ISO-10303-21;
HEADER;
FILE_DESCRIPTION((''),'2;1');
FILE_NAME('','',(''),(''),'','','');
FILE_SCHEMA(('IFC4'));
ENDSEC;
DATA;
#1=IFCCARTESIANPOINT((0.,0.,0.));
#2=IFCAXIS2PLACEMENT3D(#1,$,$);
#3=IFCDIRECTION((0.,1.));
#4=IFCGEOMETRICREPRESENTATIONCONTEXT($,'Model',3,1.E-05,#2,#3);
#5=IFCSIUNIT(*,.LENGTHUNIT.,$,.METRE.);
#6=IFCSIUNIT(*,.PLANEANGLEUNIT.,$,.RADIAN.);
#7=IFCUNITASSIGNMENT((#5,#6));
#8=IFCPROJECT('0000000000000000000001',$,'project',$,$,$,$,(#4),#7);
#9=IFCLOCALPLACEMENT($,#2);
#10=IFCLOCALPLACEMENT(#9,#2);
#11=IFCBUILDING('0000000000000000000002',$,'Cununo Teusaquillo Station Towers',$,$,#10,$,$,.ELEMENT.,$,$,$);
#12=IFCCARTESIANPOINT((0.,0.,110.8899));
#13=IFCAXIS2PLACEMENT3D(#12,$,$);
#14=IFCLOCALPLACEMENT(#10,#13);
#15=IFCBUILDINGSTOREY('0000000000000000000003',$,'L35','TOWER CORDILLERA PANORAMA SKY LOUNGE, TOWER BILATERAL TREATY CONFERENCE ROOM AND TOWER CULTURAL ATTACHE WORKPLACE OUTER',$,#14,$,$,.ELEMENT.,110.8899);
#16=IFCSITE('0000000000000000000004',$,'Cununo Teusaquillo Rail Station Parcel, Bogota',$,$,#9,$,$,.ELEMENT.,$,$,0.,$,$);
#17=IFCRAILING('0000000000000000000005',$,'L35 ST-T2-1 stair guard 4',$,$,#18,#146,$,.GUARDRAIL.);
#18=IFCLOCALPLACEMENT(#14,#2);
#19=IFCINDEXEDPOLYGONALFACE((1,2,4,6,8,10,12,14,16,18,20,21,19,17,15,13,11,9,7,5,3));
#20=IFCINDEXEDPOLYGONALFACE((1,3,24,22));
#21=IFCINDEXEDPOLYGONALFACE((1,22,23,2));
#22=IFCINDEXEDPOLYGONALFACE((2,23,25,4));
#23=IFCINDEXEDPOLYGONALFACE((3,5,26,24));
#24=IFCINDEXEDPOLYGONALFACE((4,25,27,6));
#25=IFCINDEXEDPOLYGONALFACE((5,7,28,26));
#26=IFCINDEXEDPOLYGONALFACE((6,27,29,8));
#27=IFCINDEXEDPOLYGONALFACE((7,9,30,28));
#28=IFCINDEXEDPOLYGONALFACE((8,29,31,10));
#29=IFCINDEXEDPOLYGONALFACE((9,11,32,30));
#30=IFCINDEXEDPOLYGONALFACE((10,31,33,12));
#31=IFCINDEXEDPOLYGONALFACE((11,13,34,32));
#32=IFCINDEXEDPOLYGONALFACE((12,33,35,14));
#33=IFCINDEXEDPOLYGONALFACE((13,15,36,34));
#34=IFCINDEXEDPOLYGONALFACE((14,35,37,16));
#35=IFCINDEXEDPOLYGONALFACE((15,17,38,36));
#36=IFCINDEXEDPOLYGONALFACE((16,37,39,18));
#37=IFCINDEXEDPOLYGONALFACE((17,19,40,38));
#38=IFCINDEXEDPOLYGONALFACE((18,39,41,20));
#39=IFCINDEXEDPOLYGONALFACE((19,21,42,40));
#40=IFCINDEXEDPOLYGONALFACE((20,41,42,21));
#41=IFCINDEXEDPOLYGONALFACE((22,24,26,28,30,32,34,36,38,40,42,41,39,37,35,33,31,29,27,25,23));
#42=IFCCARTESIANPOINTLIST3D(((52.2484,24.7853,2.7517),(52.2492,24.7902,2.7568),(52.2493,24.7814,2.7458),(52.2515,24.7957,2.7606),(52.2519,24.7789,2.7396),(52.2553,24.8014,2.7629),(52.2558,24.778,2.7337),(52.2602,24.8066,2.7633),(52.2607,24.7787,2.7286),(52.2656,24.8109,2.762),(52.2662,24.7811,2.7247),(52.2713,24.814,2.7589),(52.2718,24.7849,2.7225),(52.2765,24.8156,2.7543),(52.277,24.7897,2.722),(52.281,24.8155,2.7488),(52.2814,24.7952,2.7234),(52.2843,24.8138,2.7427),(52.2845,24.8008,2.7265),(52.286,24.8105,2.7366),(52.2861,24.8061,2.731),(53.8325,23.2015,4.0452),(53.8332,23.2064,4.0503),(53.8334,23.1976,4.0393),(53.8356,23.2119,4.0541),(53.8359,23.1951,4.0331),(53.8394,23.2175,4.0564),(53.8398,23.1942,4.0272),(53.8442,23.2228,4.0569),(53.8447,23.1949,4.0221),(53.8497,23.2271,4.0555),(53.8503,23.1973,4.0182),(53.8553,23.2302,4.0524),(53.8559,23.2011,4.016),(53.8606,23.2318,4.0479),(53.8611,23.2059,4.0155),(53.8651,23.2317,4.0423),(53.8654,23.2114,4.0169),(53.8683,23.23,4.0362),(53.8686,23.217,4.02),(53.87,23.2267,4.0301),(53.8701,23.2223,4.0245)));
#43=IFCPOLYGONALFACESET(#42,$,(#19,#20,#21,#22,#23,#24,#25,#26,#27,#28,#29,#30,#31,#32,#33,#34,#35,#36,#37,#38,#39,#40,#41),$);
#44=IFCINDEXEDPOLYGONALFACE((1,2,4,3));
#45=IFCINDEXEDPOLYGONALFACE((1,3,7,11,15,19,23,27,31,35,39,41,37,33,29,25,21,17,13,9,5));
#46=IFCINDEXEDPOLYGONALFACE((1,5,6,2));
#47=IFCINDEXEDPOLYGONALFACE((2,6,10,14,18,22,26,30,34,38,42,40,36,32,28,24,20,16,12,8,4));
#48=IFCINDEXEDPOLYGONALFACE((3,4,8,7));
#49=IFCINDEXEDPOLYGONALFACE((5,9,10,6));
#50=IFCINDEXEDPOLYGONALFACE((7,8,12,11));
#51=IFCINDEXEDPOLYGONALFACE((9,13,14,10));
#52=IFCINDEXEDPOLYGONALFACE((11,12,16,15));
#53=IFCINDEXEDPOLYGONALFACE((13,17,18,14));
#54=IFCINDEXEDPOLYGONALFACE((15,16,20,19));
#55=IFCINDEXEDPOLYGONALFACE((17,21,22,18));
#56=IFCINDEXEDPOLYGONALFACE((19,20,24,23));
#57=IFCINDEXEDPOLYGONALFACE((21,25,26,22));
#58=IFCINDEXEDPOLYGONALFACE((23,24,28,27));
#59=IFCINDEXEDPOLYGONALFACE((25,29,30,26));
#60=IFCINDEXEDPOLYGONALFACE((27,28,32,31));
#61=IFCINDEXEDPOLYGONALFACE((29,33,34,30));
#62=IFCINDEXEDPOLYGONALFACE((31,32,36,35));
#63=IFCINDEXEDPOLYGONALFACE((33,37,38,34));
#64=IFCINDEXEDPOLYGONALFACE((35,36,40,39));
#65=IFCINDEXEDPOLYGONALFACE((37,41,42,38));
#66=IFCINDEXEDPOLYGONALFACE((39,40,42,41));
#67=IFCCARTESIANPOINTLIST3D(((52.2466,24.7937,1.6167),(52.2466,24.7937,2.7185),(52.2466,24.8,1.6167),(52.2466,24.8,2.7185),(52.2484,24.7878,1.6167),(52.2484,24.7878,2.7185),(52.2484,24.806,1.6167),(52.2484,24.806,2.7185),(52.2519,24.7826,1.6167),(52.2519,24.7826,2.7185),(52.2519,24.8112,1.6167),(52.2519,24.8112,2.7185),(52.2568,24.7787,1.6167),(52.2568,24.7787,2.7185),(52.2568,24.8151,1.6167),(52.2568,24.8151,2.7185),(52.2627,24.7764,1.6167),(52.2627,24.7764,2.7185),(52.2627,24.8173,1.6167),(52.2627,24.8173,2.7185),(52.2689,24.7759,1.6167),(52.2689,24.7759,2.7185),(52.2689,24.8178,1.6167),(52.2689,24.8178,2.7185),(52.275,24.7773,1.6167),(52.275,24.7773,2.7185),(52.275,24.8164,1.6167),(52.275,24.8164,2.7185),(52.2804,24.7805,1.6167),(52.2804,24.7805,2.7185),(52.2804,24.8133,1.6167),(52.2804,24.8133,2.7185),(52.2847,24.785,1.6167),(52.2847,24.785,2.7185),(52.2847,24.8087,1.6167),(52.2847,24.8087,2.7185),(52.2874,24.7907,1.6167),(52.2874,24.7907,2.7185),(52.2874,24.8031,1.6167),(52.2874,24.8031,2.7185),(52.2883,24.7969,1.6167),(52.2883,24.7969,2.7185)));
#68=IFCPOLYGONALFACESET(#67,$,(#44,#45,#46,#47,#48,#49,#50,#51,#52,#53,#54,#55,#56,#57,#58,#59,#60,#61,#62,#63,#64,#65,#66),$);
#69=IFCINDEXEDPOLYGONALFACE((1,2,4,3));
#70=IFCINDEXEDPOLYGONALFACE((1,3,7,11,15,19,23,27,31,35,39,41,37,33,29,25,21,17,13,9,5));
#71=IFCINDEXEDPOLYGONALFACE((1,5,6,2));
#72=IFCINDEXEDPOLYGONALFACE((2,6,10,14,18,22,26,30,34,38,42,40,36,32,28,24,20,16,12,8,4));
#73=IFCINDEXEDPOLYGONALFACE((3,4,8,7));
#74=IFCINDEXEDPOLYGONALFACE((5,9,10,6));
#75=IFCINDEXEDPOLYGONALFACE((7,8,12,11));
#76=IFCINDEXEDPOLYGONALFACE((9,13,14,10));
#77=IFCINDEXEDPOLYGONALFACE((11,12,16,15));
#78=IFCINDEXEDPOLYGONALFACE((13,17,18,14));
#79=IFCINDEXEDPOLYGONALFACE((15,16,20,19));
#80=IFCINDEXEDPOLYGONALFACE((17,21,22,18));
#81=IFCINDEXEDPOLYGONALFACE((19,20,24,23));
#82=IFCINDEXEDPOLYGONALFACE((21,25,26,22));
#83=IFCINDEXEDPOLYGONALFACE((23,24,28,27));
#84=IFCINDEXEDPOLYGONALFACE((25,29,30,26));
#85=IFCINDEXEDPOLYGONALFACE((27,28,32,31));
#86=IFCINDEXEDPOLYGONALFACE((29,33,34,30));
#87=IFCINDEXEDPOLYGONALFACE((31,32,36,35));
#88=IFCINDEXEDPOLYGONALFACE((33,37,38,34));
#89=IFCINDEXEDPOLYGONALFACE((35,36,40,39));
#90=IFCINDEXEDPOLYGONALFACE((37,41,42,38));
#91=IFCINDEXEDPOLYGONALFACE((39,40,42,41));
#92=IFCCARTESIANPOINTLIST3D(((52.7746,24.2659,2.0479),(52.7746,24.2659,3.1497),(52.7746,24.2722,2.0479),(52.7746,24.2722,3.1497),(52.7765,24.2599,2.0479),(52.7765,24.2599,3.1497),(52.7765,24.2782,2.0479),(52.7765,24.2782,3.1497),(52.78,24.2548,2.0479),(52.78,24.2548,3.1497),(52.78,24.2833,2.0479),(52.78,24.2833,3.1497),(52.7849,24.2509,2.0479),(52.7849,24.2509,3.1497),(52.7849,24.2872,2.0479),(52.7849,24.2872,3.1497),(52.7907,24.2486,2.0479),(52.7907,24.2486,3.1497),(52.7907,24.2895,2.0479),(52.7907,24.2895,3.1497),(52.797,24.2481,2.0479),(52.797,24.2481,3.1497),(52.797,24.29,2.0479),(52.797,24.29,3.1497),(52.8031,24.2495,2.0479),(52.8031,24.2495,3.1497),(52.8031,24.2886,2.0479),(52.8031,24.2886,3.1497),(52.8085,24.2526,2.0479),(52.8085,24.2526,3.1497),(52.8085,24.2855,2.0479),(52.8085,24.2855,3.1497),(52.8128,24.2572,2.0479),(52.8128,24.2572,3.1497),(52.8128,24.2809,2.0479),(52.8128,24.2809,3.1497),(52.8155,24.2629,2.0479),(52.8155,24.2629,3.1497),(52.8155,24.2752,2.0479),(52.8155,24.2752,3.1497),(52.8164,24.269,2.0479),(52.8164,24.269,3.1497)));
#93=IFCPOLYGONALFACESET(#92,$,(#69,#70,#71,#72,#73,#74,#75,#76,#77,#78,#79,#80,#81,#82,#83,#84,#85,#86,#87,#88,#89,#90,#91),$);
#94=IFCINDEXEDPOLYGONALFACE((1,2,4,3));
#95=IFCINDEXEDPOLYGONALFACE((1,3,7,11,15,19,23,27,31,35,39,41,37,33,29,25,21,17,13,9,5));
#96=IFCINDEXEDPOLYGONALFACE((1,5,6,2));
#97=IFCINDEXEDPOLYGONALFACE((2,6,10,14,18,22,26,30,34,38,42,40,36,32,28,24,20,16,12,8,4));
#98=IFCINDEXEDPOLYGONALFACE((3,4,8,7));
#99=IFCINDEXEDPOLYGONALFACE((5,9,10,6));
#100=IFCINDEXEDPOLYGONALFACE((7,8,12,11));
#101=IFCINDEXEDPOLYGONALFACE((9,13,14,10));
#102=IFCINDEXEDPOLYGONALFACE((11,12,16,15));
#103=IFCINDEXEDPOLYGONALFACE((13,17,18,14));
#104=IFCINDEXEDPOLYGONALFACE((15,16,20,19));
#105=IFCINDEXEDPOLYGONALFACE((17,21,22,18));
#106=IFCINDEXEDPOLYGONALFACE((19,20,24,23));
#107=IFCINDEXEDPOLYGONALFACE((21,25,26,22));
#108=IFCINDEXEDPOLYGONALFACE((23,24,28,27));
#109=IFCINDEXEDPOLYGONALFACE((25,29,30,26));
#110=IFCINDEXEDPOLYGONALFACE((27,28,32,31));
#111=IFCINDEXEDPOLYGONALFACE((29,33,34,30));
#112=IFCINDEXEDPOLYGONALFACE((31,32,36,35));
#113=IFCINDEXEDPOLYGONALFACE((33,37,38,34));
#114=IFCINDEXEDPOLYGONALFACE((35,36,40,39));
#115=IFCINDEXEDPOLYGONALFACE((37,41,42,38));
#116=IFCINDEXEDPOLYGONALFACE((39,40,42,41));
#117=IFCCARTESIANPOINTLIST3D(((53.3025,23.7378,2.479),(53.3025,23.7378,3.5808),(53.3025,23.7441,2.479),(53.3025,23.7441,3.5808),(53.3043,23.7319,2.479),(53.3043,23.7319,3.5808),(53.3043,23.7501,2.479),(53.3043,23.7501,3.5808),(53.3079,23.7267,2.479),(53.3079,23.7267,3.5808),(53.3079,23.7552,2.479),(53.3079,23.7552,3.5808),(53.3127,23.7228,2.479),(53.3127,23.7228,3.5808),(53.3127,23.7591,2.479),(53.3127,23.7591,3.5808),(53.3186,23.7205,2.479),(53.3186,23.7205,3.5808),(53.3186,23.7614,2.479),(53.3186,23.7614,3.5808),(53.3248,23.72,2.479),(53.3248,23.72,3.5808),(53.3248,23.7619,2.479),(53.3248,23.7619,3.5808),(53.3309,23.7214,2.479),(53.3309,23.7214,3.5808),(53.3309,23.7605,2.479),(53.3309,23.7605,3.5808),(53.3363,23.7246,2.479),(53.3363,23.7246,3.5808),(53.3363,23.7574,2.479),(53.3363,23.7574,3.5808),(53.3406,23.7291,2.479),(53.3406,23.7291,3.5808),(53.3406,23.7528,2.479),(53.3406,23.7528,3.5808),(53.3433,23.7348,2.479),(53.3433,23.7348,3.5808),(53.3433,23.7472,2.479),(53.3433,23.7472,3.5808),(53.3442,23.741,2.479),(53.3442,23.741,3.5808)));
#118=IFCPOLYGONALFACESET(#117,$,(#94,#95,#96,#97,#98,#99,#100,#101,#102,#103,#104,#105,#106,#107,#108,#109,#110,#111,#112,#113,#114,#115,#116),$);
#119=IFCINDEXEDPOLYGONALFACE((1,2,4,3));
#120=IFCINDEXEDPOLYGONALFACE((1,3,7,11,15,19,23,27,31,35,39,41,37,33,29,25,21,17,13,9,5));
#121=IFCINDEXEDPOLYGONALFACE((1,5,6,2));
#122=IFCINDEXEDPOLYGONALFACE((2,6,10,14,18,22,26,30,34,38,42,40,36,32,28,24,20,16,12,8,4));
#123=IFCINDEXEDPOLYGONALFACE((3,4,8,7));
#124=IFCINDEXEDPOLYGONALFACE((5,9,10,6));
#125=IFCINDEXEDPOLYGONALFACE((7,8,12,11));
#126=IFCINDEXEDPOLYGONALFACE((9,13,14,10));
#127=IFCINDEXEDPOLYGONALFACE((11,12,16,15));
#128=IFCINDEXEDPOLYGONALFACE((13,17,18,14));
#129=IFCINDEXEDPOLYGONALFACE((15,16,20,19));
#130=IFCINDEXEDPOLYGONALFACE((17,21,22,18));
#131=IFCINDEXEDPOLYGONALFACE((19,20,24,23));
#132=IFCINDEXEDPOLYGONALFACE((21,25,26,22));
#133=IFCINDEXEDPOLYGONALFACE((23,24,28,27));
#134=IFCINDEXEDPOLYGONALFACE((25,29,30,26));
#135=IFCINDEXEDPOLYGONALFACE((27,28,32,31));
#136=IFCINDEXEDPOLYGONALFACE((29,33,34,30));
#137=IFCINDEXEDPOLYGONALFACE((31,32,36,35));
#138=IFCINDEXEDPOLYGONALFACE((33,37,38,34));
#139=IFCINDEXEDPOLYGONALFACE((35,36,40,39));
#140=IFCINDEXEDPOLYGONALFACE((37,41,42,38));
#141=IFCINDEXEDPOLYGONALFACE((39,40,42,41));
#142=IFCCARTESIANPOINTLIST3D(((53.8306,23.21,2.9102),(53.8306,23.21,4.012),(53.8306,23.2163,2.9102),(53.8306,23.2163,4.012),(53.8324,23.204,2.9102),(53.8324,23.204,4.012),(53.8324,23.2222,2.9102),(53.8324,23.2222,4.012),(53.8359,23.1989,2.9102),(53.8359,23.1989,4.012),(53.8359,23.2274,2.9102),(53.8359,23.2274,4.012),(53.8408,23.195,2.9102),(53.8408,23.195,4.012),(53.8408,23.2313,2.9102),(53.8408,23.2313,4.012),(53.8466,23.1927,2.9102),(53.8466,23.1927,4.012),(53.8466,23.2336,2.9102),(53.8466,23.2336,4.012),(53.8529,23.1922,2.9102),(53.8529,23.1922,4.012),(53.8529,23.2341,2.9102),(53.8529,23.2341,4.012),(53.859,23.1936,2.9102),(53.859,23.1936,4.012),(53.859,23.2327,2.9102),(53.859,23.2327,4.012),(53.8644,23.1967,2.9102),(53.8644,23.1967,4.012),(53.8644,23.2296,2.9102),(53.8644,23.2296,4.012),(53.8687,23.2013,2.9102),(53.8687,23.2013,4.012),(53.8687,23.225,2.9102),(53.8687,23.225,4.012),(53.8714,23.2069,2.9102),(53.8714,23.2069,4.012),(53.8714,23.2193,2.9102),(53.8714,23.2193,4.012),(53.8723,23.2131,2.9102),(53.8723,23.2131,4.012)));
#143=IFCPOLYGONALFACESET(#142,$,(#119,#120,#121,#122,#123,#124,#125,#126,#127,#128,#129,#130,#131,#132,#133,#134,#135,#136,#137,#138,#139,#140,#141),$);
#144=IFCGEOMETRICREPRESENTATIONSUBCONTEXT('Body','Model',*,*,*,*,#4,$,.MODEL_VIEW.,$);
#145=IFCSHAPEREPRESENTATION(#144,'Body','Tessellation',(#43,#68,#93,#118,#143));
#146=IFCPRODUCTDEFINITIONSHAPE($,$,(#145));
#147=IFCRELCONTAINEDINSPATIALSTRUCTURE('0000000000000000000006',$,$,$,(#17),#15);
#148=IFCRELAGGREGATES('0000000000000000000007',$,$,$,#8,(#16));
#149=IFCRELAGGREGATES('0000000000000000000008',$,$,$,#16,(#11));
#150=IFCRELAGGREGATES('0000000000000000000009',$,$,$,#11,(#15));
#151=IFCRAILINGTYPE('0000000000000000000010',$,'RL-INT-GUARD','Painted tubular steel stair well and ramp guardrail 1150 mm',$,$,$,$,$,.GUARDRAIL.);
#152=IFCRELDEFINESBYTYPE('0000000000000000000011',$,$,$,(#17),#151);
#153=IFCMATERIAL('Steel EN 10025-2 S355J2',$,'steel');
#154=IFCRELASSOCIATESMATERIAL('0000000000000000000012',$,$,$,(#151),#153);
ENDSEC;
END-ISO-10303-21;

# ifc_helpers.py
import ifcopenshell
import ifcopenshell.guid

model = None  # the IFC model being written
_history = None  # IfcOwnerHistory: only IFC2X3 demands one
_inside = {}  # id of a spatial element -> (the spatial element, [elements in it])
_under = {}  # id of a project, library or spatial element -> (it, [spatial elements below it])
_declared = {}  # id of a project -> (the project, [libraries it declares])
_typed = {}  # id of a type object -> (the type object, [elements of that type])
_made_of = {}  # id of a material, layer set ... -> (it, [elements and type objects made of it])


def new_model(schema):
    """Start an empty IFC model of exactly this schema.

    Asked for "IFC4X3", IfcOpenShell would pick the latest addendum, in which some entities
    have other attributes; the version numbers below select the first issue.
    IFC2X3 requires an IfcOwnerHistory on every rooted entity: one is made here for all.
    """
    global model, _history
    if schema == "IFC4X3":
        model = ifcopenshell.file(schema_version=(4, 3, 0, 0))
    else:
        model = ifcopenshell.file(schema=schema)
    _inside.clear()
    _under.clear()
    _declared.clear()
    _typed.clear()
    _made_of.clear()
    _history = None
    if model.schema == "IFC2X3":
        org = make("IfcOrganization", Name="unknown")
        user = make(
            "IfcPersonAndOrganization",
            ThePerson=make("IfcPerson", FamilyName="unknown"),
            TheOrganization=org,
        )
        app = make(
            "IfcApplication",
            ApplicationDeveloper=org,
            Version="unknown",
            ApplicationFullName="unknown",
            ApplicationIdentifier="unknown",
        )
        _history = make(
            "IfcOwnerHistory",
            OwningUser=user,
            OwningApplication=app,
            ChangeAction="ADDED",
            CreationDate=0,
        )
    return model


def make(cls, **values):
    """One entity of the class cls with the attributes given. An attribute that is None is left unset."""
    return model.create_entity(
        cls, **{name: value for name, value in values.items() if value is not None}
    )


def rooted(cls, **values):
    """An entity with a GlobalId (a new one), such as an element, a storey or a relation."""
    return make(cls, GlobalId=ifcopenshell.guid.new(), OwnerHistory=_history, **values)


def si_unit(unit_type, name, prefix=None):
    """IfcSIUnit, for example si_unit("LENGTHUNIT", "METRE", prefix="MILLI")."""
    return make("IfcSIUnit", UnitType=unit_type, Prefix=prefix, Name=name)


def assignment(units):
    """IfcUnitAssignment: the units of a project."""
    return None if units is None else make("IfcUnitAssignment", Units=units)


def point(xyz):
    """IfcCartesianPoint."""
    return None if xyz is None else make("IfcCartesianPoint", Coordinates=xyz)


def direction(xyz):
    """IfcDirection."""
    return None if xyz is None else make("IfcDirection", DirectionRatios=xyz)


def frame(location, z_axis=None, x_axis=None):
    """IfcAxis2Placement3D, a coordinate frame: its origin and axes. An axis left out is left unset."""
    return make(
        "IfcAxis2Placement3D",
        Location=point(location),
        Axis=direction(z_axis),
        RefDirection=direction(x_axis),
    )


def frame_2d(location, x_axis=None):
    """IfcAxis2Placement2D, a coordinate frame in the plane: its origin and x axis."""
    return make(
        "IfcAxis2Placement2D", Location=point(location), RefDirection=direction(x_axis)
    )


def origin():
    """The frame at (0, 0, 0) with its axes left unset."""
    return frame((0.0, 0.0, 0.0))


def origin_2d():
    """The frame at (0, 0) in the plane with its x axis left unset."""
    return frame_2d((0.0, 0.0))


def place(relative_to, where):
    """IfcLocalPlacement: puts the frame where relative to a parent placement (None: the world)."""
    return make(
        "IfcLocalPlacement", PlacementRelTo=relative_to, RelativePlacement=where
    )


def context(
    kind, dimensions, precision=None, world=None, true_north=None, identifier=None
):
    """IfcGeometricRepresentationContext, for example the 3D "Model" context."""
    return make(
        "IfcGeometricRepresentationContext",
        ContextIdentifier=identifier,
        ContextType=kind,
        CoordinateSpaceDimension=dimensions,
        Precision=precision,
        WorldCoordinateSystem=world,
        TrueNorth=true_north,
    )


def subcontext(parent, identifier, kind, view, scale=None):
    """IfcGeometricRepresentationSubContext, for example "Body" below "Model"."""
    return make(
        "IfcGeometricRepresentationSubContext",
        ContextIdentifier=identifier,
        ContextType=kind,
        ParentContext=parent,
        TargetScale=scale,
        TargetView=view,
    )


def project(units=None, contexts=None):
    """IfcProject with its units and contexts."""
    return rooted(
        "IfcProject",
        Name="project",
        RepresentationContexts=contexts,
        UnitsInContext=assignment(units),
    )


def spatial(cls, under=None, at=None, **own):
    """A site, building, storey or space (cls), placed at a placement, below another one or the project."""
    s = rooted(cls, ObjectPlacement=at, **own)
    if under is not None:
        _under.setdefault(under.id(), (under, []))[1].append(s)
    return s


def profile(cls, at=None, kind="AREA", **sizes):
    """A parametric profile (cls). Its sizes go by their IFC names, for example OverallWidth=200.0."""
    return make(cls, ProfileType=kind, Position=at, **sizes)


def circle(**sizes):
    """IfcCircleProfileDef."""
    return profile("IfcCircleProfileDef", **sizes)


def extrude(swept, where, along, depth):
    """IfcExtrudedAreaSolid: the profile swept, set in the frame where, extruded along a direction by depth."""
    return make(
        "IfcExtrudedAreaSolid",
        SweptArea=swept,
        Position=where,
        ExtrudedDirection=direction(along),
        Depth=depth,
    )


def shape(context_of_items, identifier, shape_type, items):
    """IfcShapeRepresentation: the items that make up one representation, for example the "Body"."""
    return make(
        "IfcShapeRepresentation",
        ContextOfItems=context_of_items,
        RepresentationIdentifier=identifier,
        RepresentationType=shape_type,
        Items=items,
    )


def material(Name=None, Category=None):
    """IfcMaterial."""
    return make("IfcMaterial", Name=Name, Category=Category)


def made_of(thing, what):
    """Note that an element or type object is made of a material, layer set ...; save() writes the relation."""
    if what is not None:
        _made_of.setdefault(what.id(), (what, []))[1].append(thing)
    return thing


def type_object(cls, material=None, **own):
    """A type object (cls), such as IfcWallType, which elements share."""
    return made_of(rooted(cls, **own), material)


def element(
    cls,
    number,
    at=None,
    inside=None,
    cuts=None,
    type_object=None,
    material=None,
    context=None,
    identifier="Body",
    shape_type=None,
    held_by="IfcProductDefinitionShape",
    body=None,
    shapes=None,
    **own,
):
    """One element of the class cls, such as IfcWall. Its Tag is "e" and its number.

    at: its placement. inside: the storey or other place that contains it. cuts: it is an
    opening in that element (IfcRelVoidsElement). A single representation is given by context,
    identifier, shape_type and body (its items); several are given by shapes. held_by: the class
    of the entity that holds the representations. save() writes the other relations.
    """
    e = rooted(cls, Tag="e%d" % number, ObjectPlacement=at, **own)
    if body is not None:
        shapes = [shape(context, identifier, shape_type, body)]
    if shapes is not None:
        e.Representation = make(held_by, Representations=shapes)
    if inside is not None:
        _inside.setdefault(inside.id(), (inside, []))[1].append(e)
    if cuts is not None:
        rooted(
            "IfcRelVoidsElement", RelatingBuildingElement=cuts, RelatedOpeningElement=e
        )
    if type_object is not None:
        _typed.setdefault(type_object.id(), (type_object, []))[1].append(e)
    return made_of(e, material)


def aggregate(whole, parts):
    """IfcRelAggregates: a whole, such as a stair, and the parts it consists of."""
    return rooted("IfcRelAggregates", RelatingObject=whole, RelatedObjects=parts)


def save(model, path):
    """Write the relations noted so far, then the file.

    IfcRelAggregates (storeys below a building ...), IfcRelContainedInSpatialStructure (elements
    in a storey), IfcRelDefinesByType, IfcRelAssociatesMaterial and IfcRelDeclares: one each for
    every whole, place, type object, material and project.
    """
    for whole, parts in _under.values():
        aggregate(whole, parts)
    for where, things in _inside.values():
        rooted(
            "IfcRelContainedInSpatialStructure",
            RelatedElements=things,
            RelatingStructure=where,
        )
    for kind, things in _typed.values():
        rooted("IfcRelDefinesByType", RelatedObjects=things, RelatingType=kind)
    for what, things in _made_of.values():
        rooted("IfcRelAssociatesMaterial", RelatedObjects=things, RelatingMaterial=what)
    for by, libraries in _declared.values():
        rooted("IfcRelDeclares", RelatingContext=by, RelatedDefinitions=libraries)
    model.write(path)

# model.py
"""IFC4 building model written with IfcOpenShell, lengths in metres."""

from ifc_helpers import new_model, si_unit, direction, frame, origin, origin_2d, place, context, subcontext, project, spatial, circle, extrude, material, type_object, element, save


model = new_model("IFC4")

# Units and contexts
model_context = context("Model", 3, precision=1e-05, world=origin(), true_north=direction((0.0, 1.0)))
body_context = subcontext(model_context, "Body", "Model", "MODEL_VIEW")
ifc_project = project(units=[si_unit("LENGTHUNIT", "METRE"), si_unit("PLANEANGLEUNIT", "RADIAN")], contexts=[model_context])

# Site, building, storey
site_placement = place(None, origin())
site = spatial("IfcSite", under=ifc_project, at=site_placement, Name="Cununo Teusaquillo Rail Station Parcel, Bogota", CompositionType="ELEMENT", RefElevation=0.0)
building_placement = place(site_placement, origin())
building = spatial("IfcBuilding", under=site, at=building_placement, Name="Cununo Teusaquillo Station Towers", CompositionType="ELEMENT")
storey_placement = place(building_placement, frame((0.0, 0.0, 110.8899)))
storey = spatial("IfcBuildingStorey", under=building, at=storey_placement, Name="L35", Description="TOWER CORDILLERA PANORAMA SKY LOUNGE, TOWER BILATERAL TREATY CONFERENCE ROOM AND TOWER CULTURAL ATTACHE WORKPLACE OUTER", CompositionType="ELEMENT", Elevation=110.8899)

# Railing
ifc_material_1 = material(Name="Steel EN 10025-2 S355J2", Category="steel")
railing_type_1 = type_object("IfcRailingType", Name="RL-INT-GUARD", Description="Painted tubular steel stair well and ramp guardrail 1150 mm", PredefinedType="GUARDRAIL", material=ifc_material_1)
railing_1_placement = place(storey_placement, frame((52.2673, 24.7969, 1.6167)))
element("IfcRailing", 1, at=railing_1_placement, inside=storey, type_object=railing_type_1, Name="L35 ST-T2-1 stair guard 4", PredefinedType="GUARDRAIL", context=body_context, shape_type="SweptSolid", body=[
    extrude(circle(Radius=0.0239, at=origin_2d()), frame((0.0, 0.0, 1.126), z_axis=(0.612391, -0.612297, 0.500069), x_axis=(0.707052, 0.707161, 0.0)), (0.0, 0.0, 1.0), 2.5867),
    extrude(circle(Radius=0.021, at=origin_2d()), origin(), (0.0, 0.0, 1.0), 1.1018),
    extrude(circle(Radius=0.021, at=origin_2d()), frame((0.5281, -0.5278, 0.4312)), (0.0, 0.0, 1.0), 1.1018),
    extrude(circle(Radius=0.021, at=origin_2d()), frame((1.0559, -1.0559, 0.8623)), (0.0, 0.0, 1.0), 1.1018),
    extrude(circle(Radius=0.021, at=origin_2d()), frame((1.584, -1.5837, 1.2935)), (0.0, 0.0, 1.0), 1.1018),
])

save(model, "model.ifc")
